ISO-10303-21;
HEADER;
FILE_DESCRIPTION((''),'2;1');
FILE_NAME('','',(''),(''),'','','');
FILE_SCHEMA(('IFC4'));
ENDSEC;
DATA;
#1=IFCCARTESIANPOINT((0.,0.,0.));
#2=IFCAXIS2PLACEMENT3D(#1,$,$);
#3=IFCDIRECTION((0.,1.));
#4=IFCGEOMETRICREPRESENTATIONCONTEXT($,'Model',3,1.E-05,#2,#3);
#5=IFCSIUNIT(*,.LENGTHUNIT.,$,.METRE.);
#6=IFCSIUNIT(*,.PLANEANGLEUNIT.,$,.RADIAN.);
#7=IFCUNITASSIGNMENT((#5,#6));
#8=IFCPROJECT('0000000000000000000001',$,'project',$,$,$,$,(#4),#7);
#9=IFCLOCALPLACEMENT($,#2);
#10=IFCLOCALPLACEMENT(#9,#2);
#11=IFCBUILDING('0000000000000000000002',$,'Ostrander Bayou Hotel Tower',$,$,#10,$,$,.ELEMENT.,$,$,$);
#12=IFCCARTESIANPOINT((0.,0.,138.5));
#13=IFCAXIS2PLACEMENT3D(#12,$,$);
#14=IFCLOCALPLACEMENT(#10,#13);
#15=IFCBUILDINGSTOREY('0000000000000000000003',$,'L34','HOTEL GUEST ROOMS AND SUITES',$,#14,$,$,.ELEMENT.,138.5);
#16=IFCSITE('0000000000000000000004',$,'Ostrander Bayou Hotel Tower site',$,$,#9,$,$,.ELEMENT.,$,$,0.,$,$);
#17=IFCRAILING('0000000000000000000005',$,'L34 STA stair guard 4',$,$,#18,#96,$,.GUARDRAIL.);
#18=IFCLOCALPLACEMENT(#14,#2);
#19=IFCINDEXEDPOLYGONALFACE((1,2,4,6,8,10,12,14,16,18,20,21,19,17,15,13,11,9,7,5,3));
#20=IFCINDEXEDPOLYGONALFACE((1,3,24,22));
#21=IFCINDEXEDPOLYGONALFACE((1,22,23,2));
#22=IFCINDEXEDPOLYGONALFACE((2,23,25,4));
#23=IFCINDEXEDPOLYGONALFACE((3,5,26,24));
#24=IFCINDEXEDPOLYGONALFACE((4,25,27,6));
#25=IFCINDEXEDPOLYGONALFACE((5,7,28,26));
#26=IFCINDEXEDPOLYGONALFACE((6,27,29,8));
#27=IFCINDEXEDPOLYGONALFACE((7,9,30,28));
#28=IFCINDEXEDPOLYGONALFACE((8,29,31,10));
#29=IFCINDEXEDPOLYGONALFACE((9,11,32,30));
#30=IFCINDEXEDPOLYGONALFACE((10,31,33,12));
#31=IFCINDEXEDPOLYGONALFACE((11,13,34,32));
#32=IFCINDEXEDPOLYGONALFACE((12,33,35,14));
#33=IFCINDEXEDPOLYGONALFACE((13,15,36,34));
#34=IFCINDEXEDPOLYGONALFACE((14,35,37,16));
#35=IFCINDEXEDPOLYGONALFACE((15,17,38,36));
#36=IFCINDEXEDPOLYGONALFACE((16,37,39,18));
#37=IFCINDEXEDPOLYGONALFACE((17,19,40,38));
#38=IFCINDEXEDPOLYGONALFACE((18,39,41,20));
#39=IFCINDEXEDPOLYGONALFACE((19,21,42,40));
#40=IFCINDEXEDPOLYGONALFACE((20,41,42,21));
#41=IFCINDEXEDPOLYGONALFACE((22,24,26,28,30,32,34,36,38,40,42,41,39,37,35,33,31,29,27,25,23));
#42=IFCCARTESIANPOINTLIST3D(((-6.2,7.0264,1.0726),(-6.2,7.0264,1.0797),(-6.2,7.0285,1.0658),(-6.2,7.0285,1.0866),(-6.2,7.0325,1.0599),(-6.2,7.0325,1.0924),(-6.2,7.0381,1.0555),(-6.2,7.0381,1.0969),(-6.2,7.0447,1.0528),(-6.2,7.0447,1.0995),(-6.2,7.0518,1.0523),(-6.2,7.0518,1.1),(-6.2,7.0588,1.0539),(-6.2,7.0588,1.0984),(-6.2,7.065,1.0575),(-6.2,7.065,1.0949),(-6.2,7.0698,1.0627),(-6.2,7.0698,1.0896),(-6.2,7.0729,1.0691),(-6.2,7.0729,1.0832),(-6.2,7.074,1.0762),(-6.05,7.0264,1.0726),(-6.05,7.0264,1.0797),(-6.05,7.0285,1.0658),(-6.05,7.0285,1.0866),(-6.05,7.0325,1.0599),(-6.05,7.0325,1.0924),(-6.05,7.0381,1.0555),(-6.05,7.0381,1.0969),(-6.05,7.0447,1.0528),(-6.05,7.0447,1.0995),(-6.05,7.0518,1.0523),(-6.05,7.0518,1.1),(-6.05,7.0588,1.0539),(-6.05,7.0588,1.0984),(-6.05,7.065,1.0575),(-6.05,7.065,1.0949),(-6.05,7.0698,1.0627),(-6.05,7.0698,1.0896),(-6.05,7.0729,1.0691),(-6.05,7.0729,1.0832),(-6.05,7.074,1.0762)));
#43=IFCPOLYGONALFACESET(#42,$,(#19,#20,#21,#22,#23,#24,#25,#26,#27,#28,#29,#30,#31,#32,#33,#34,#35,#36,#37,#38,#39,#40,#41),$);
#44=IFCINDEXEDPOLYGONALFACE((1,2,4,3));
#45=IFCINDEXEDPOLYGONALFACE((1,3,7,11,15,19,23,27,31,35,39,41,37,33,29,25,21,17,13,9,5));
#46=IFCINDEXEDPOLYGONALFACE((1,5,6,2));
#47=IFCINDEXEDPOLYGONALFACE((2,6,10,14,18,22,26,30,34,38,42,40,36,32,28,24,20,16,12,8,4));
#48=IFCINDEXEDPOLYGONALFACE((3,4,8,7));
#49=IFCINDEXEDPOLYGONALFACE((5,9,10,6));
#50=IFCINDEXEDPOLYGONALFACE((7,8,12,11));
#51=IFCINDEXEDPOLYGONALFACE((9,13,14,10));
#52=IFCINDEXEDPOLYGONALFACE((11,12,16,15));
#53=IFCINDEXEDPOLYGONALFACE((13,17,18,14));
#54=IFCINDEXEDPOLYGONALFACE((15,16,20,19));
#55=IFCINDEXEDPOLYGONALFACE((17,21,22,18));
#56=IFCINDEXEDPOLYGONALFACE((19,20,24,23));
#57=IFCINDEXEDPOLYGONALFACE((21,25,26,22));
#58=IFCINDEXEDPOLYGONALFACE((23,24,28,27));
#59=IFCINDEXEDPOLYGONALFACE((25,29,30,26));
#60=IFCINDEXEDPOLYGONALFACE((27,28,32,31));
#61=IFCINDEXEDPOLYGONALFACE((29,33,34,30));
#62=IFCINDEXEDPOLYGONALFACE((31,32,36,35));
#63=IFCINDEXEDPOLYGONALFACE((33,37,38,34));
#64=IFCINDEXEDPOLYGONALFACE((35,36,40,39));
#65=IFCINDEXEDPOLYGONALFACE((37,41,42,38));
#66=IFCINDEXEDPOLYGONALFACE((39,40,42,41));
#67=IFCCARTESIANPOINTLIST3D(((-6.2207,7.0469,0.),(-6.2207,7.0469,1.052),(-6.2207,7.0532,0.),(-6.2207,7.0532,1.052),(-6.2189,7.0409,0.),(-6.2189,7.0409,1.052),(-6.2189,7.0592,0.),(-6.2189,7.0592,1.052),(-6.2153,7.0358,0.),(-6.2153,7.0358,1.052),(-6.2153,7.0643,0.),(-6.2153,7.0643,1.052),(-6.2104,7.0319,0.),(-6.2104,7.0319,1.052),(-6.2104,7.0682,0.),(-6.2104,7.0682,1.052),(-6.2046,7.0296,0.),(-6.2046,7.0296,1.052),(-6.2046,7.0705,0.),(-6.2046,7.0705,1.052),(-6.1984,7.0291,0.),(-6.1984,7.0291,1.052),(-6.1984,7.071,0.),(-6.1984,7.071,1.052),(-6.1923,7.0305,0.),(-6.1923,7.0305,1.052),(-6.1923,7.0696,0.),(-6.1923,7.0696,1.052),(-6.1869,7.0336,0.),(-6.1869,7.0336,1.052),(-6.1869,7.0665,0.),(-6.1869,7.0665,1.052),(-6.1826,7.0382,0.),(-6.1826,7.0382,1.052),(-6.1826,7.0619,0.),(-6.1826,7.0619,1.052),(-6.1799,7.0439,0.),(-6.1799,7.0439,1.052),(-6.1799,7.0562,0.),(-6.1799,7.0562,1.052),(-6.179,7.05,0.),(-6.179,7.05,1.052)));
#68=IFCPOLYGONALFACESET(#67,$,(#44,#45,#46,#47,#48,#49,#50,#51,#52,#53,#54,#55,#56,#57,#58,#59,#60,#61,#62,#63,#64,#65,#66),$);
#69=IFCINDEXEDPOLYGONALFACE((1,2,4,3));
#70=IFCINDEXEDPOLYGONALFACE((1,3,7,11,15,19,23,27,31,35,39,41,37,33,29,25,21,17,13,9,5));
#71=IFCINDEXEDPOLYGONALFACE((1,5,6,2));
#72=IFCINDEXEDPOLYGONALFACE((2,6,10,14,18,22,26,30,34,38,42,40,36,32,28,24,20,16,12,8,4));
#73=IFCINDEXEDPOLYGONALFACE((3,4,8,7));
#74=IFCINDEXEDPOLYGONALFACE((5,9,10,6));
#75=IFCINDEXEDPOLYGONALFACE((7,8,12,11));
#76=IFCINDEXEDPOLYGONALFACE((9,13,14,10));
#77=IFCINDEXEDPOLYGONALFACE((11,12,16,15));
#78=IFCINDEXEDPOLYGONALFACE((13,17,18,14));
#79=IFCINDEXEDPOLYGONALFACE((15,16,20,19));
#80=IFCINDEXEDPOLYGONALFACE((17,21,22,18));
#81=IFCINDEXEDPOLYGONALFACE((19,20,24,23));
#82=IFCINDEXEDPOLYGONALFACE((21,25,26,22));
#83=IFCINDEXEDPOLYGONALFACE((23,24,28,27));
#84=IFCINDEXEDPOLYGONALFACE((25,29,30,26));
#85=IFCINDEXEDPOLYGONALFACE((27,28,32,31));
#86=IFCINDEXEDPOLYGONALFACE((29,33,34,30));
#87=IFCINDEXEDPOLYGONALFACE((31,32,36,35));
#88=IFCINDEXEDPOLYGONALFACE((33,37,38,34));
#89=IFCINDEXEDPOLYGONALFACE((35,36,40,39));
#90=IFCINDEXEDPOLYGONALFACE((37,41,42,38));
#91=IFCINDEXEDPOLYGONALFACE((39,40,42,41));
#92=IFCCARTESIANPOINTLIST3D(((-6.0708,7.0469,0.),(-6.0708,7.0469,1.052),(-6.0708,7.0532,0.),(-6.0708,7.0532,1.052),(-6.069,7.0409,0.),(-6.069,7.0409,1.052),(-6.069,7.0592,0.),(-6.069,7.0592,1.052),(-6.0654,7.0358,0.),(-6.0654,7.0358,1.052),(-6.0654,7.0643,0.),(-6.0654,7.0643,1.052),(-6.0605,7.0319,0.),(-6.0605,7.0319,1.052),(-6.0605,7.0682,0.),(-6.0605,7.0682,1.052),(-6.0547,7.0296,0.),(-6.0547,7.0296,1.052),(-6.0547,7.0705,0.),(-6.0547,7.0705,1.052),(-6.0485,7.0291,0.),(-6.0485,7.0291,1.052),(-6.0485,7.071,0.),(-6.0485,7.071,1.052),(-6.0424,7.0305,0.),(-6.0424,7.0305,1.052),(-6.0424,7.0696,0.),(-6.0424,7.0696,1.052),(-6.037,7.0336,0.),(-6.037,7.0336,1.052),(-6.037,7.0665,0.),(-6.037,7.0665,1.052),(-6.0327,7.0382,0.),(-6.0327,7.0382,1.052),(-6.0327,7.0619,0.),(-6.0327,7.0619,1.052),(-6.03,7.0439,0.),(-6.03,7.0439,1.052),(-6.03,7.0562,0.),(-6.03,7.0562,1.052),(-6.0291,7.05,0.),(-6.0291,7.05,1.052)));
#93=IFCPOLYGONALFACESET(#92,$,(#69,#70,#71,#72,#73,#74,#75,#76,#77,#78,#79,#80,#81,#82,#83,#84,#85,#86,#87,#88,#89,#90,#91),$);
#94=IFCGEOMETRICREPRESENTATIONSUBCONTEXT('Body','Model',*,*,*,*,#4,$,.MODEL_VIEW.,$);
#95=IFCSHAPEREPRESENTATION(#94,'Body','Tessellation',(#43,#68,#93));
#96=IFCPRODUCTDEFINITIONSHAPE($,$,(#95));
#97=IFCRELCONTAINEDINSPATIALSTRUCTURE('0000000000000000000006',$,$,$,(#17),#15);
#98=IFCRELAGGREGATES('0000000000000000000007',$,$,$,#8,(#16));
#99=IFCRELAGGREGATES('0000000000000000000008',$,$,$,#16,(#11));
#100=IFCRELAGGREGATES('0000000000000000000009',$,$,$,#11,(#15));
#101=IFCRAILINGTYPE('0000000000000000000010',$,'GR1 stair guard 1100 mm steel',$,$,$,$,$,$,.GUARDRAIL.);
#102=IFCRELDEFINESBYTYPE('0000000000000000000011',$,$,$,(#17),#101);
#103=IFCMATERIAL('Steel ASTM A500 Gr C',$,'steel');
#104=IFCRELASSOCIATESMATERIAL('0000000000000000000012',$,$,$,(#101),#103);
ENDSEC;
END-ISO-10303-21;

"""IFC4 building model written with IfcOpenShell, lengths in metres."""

from ifc_helpers import new_model, si_unit, direction, frame, origin, origin_2d, place, context, subcontext, project, spatial, circle, extrude, material, type_object, element, save


model = new_model("IFC4")

# Units and contexts
model_context = context("Model", 3, precision=1e-05, world=origin(), true_north=direction((0.0, 1.0)))
body_context = subcontext(model_context, "Body", "Model", "MODEL_VIEW")
ifc_project = project(units=[si_unit("LENGTHUNIT", "METRE"), si_unit("PLANEANGLEUNIT", "RADIAN")], contexts=[model_context])

# Site, building, storey
site_placement = place(None, origin())
site = spatial("IfcSite", under=ifc_project, at=site_placement, Name="Ostrander Bayou Hotel Tower site", CompositionType="ELEMENT", RefElevation=0.0)
building_placement = place(site_placement, origin())
building = spatial("IfcBuilding", under=site, at=building_placement, Name="Ostrander Bayou Hotel Tower", CompositionType="ELEMENT")
storey_placement = place(building_placement, frame((0.0, 0.0, 138.5)))
storey = spatial("IfcBuildingStorey", under=building, at=storey_placement, Name="L34", Description="HOTEL GUEST ROOMS AND SUITES", CompositionType="ELEMENT", Elevation=138.5)

# Railing
ifc_material_1 = material(Name="Steel ASTM A500 Gr C", Category="steel")
railing_type = type_object("IfcRailingType", Name="GR1 stair guard 1100 mm steel", PredefinedType="GUARDRAIL", material=ifc_material_1)
railing_1_placement = place(storey_placement, frame((-6.2, 7.05, 0.0)))
element("IfcRailing", 1, at=railing_1_placement, inside=storey, type_object=railing_type, Name="L34 STA stair guard 4", PredefinedType="GUARDRAIL", context=body_context, shape_type="SweptSolid", body=[
    extrude(circle(Radius=0.0239, at=origin_2d()), frame((0.0, 0.0, 1.0762), z_axis=(1.0, 0.0, 0.0), x_axis=(0.0, 1.0, 0.0)), (0.0, 0.0, 1.0), 0.1499),
    extrude(circle(Radius=0.021, at=origin_2d()), origin(), (0.0, 0.0, 1.0), 1.052),
    extrude(circle(Radius=0.021, at=origin_2d()), frame((0.1499, 0.0, 0.0)), (0.0, 0.0, 1.0), 1.052),
])

save(model, "model.ifc")
